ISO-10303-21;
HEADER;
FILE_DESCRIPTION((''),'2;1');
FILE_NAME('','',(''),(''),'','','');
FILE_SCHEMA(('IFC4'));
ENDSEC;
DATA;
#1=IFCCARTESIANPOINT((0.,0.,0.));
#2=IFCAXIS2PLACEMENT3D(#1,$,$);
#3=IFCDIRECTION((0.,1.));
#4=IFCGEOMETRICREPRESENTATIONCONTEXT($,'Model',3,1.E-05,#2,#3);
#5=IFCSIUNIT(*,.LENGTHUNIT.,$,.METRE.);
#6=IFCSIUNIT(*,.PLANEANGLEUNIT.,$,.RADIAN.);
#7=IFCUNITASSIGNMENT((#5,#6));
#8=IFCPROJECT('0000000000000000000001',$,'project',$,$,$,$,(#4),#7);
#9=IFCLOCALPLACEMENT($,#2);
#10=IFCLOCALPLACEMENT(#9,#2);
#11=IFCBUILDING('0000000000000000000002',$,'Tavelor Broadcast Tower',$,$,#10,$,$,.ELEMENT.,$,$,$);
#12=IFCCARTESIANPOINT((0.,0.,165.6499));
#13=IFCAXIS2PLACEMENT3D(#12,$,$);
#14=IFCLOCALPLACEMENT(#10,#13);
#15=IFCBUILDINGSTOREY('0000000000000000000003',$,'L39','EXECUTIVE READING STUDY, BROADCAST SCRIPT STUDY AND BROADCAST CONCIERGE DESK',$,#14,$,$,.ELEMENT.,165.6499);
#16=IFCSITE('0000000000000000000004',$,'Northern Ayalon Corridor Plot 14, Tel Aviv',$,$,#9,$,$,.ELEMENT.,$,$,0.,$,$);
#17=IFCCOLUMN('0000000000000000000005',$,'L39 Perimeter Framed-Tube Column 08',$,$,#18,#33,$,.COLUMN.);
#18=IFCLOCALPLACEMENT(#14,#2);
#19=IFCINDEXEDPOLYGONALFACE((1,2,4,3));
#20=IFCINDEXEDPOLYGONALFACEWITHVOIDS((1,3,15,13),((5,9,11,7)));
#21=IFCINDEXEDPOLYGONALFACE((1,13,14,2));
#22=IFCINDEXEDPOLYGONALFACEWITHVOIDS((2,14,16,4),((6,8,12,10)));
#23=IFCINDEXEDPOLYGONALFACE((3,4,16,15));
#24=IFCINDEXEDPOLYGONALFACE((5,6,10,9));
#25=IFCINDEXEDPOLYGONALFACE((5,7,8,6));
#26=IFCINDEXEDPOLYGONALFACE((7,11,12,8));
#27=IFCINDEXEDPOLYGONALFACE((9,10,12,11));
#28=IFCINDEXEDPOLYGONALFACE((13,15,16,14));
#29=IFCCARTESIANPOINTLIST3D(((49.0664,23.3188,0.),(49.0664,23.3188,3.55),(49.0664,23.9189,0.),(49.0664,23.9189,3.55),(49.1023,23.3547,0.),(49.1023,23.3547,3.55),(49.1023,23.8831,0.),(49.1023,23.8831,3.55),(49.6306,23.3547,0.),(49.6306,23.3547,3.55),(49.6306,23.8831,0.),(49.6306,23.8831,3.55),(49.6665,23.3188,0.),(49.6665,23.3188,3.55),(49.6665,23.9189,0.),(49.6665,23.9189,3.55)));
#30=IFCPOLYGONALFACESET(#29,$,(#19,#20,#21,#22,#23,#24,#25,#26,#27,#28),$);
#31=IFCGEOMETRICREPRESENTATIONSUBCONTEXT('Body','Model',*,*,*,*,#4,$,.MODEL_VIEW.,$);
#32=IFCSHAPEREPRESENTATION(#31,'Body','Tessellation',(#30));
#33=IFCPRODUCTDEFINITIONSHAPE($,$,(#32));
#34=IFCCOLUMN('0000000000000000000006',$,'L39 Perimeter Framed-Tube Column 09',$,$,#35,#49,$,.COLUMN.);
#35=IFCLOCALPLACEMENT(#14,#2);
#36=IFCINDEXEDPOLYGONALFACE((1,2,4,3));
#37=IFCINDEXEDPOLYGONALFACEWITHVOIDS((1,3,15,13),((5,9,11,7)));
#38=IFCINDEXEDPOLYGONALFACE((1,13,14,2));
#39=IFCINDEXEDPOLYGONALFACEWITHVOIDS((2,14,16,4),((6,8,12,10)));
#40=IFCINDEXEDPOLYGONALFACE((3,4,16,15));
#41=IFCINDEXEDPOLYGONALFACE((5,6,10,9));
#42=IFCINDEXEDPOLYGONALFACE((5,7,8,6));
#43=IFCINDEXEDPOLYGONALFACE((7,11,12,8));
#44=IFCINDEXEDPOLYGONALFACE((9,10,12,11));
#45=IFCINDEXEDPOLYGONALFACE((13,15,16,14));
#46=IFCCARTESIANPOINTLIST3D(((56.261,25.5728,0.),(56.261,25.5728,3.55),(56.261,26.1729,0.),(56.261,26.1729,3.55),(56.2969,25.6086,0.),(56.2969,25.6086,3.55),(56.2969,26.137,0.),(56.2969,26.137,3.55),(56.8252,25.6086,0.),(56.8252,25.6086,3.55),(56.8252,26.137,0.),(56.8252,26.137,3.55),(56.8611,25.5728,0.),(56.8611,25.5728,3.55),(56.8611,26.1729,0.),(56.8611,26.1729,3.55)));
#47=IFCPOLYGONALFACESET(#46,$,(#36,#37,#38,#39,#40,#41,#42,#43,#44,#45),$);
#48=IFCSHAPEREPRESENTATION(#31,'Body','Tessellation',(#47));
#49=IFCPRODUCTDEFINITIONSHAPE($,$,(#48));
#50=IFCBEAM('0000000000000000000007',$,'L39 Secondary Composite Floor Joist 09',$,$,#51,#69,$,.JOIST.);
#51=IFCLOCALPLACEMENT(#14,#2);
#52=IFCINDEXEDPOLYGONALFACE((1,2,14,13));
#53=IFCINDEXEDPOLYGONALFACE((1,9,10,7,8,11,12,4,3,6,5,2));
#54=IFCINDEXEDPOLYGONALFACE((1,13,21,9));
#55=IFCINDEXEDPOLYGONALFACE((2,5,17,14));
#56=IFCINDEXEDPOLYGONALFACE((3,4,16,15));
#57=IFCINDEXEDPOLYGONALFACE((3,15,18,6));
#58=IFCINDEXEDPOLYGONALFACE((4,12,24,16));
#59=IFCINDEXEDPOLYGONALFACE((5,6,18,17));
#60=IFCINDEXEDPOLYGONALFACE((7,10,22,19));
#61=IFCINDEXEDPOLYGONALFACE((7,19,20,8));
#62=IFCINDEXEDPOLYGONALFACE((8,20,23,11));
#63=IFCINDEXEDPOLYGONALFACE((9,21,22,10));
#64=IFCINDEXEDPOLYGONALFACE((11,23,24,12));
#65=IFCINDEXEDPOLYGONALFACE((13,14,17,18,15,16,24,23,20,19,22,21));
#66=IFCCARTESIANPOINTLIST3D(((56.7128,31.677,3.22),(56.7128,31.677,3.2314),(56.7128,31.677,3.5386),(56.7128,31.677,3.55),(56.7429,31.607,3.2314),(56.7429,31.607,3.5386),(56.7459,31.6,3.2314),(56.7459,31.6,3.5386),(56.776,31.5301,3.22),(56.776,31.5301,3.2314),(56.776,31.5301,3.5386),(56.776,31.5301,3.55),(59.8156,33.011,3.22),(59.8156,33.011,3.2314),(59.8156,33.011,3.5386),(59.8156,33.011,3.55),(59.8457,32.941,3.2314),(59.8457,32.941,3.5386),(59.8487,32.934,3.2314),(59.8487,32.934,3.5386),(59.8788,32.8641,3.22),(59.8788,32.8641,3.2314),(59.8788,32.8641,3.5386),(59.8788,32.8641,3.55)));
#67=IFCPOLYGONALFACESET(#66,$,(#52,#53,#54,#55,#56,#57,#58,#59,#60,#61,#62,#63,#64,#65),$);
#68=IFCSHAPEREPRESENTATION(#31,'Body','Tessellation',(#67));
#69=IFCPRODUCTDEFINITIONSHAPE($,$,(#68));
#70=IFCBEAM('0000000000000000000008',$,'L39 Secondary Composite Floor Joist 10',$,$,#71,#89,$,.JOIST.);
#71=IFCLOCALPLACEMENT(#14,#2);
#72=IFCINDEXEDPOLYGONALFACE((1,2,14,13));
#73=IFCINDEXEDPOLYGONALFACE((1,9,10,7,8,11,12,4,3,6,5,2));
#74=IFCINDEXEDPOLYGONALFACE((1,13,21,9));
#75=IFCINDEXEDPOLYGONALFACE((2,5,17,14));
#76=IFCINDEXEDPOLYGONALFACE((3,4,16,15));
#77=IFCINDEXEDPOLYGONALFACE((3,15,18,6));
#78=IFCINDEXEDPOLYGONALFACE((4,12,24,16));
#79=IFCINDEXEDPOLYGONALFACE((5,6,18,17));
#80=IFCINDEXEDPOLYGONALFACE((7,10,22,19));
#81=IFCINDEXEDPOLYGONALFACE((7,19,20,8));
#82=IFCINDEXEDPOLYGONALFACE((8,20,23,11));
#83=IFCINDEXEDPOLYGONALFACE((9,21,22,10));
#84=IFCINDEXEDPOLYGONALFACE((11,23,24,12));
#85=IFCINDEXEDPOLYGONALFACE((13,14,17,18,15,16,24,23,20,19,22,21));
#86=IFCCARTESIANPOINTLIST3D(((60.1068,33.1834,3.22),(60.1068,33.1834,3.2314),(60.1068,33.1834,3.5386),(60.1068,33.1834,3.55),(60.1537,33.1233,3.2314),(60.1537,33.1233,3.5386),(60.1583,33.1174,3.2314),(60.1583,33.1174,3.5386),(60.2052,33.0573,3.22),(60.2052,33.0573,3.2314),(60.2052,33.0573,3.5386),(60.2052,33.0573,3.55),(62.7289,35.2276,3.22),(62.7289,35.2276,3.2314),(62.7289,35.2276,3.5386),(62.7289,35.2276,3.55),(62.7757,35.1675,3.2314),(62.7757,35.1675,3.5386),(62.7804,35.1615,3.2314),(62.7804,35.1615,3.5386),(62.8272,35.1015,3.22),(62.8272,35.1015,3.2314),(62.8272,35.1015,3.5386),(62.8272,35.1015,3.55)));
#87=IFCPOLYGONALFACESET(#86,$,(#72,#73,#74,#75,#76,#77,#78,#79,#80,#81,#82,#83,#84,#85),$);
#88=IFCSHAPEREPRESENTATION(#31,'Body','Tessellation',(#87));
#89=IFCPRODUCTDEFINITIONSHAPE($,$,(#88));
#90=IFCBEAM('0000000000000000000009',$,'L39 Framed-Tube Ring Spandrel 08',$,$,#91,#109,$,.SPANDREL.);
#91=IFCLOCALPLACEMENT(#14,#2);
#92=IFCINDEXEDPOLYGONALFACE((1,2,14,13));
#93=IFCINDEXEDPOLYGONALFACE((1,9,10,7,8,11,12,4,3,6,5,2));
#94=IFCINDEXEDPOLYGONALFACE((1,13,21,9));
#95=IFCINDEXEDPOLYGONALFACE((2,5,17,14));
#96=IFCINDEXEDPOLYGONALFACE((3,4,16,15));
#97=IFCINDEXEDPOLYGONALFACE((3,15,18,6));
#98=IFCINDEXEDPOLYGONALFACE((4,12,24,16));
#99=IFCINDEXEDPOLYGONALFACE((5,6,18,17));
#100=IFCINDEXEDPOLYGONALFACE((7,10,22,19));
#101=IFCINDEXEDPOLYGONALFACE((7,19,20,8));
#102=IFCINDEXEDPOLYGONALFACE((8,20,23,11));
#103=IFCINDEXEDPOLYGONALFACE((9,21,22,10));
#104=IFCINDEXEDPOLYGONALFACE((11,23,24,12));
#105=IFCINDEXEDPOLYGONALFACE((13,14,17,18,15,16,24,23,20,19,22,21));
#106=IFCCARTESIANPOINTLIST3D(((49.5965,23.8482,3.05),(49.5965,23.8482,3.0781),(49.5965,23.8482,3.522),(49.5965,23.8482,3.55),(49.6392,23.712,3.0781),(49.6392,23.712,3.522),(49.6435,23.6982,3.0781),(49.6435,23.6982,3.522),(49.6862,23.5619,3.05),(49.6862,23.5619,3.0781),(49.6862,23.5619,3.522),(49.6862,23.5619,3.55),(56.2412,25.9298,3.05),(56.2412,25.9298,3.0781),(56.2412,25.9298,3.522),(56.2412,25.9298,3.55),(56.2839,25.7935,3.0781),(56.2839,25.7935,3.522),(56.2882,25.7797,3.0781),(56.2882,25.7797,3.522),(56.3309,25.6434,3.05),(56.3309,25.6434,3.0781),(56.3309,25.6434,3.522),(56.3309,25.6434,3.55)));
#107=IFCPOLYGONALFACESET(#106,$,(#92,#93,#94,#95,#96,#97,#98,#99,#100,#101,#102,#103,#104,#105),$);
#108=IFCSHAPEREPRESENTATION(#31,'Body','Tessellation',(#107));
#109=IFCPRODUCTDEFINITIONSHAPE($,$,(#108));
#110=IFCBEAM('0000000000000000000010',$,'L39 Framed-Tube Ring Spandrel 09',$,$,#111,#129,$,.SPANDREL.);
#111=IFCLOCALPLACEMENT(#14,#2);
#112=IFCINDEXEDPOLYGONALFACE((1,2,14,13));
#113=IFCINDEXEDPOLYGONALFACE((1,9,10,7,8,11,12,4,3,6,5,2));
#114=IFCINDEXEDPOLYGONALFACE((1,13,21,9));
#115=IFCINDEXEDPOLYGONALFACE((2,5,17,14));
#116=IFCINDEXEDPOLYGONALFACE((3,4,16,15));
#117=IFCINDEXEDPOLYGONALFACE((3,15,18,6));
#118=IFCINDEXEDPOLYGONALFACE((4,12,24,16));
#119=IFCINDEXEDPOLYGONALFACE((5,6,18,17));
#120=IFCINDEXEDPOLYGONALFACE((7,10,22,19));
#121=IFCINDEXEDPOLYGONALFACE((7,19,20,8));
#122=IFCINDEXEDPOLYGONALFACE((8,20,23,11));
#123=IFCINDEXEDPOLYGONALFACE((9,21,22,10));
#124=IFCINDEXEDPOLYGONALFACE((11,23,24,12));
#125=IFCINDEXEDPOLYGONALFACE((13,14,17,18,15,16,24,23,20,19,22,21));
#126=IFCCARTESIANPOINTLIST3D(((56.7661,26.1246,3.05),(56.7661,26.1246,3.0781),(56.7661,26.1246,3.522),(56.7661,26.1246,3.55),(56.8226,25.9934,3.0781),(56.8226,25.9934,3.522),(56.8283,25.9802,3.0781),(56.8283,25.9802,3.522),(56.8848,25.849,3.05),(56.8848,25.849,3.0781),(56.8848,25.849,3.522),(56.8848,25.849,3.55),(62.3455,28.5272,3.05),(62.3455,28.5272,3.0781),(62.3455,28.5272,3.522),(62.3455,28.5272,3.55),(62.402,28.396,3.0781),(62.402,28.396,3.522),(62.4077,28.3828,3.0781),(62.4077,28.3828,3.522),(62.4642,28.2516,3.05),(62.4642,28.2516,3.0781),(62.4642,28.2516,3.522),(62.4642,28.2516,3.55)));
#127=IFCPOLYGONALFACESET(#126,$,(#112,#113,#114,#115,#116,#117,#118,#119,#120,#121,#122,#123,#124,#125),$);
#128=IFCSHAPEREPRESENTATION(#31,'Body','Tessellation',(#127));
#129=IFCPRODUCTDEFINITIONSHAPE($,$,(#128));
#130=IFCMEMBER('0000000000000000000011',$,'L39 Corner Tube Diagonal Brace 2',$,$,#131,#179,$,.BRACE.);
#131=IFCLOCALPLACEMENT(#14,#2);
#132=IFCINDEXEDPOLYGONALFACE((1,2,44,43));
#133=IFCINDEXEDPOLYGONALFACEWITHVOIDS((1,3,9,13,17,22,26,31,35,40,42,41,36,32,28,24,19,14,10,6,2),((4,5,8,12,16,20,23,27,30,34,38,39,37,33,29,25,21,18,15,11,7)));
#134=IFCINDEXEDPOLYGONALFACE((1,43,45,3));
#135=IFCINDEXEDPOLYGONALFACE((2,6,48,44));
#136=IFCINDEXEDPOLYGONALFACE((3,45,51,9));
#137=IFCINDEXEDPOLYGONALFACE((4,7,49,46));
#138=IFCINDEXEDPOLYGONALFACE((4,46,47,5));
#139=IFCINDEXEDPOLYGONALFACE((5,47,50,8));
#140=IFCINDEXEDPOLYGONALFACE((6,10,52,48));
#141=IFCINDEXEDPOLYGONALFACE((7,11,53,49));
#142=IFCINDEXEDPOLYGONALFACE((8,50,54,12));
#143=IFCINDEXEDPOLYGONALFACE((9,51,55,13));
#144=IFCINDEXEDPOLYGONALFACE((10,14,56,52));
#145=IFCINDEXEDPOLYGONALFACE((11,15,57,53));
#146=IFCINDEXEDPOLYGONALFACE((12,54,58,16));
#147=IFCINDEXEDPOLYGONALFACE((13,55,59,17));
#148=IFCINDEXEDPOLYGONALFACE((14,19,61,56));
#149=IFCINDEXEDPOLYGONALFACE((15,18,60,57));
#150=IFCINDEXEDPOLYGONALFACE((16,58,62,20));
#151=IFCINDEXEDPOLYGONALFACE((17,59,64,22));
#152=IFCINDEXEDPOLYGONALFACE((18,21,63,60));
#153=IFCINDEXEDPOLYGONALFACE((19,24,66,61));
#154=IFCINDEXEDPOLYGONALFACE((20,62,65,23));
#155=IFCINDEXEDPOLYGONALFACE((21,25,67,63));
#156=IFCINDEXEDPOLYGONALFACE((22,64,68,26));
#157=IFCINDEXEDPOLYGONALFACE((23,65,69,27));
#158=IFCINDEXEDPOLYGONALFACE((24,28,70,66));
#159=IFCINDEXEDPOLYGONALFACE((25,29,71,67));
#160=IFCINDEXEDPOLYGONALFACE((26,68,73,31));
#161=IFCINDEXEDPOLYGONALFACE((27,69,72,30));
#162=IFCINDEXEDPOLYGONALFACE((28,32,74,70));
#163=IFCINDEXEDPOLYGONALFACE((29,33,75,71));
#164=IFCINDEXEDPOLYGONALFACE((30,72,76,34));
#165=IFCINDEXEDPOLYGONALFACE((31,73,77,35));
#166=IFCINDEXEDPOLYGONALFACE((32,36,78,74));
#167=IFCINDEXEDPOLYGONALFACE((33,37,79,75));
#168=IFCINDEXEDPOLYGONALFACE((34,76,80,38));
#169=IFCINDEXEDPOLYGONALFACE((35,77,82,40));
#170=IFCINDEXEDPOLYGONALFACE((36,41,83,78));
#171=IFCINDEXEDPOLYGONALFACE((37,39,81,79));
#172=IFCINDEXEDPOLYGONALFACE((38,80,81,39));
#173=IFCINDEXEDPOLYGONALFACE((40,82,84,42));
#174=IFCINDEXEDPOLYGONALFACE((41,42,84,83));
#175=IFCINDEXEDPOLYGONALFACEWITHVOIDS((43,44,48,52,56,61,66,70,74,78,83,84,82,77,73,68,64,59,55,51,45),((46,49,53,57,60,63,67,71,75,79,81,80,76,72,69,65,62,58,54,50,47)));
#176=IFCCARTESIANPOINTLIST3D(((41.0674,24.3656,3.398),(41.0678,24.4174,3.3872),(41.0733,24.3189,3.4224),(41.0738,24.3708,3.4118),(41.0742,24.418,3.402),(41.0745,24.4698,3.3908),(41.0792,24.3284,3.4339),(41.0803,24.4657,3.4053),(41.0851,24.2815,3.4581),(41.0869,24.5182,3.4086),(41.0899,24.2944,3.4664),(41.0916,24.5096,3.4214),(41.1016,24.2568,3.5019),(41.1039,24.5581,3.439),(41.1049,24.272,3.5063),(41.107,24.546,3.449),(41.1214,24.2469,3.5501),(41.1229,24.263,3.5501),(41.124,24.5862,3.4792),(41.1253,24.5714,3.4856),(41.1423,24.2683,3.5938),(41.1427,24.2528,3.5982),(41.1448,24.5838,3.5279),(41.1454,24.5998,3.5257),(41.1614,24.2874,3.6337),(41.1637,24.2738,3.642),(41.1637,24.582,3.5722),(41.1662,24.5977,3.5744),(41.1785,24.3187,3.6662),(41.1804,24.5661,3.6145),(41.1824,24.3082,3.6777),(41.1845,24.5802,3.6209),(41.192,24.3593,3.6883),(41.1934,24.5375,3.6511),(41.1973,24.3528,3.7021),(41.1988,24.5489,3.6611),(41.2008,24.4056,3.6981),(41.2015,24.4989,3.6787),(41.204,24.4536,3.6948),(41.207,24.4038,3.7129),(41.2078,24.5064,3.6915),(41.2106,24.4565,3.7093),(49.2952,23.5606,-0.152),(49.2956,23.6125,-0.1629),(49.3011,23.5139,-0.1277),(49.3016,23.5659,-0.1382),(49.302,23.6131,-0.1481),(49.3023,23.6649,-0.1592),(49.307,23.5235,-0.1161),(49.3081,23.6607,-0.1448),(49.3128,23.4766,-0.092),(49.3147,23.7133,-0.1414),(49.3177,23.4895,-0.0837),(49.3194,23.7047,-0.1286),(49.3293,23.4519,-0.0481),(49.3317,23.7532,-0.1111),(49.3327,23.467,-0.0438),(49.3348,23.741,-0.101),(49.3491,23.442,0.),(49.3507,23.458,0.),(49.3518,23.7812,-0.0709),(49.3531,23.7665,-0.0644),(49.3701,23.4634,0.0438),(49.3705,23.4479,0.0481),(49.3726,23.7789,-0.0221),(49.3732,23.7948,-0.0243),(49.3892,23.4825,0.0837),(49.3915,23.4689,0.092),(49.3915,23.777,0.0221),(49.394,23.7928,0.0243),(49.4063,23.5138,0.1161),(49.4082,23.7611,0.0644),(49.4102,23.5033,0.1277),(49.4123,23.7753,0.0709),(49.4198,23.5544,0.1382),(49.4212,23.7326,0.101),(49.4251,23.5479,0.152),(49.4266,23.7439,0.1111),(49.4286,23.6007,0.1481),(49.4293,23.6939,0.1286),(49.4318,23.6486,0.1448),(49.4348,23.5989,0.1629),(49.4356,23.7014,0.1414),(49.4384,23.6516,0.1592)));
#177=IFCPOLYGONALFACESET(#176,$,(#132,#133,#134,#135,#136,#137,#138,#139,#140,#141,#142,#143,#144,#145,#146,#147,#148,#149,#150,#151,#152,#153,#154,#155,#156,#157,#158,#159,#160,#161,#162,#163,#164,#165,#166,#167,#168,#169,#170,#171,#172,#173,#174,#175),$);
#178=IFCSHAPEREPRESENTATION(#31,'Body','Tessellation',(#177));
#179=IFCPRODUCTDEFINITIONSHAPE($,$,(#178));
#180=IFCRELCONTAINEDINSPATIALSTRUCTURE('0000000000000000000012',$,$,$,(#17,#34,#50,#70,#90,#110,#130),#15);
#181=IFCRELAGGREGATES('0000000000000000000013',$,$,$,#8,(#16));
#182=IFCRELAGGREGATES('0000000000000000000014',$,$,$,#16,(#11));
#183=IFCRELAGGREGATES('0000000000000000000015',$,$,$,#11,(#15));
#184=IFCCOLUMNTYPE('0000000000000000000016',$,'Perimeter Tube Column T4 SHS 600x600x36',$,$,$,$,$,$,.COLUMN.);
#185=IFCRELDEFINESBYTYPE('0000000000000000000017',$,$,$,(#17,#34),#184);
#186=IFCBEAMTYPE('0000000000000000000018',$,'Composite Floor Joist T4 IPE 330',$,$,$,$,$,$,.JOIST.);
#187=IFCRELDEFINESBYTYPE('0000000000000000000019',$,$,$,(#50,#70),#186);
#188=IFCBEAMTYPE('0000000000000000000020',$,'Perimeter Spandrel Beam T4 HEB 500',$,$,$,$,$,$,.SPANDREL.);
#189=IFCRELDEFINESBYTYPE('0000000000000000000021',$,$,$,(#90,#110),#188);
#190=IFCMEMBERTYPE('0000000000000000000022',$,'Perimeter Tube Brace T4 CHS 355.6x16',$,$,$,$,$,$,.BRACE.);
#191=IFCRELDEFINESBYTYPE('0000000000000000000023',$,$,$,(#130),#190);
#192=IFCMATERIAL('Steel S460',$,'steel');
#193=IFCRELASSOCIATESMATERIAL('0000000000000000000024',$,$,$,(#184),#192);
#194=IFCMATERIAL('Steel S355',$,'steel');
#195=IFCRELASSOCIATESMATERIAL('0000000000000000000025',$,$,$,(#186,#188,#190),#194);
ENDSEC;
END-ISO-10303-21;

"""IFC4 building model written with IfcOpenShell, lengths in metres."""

from ifc_helpers import new_model, si_unit, direction, frame, origin, origin_2d, place, context, subcontext, project, spatial, hollow_rectangle, hollow_circle, i_section, extrude, material, material_profile, profile_set, type_object, element, save


model = new_model("IFC4")

# Units and contexts
model_context = context("Model", 3, precision=1e-05, world=origin(), true_north=direction((0.0, 1.0)))
body_context = subcontext(model_context, "Body", "Model", "MODEL_VIEW")
ifc_project = project(units=[si_unit("LENGTHUNIT", "METRE"), si_unit("PLANEANGLEUNIT", "RADIAN")], contexts=[model_context])

# Site, building, storey
site_placement = place(None, origin())
site = spatial("IfcSite", under=ifc_project, at=site_placement, Name="Northern Ayalon Corridor Plot 14, Tel Aviv", CompositionType="ELEMENT", RefElevation=0.0)
building_placement = place(site_placement, origin())
building = spatial("IfcBuilding", under=site, at=building_placement, Name="Tavelor Broadcast Tower", CompositionType="ELEMENT")
storey_placement = place(building_placement, frame((0.0, 0.0, 165.6499)))
storey = spatial("IfcBuildingStorey", under=building, at=storey_placement, Name="L39", Description="EXECUTIVE READING STUDY, BROADCAST SCRIPT STUDY AND BROADCAST CONCIERGE DESK", CompositionType="ELEMENT", Elevation=165.6499)

# Columns
ifc_material_1 = material(Name="Steel S460", Category="steel")
ifc_material_profile_1 = material_profile(ifc_material_1, hollow_rectangle(XDim=0.6001, YDim=0.6001, WallThickness=0.0359, at=origin_2d()), Name="SHS 600x600x36")
ifc_profile_set_1 = profile_set([ifc_material_profile_1], Name="Steel S460")
column_type = type_object("IfcColumnType", Name="Perimeter Tube Column T4 SHS 600x600x36", PredefinedType="COLUMN", material=ifc_profile_set_1)
for number, where, z_axis, x_axis, name in (
    (1, (49.3665, 23.6189, 0.0), (0.0, 0.0, 1.0), (1.0, 0.0, 0.0), "L39 Perimeter Framed-Tube Column 08"),
    (2, (56.561, 25.8728, 0.0), (0.0, 0.0, 1.0), (1.0, 0.0, 0.0), "L39 Perimeter Framed-Tube Column 09"),
):
    element("IfcColumn", number, at=place(storey_placement, frame(where, z_axis=z_axis, x_axis=x_axis)), inside=storey, type_object=column_type, Name=name, PredefinedType="COLUMN", context=body_context, shape_type="SweptSolid", body=[
        extrude(hollow_rectangle(XDim=0.6001, YDim=0.6001, WallThickness=0.0359, at=origin_2d()), origin(), (0.0, 0.0, 1.0), 3.55),
    ])

# Beams
ifc_material_2 = material(Name="Steel S355", Category="steel")
ifc_material_profile_2 = material_profile(ifc_material_2, i_section(OverallWidth=0.1599, OverallDepth=0.3301, WebThickness=0.0076, FlangeThickness=0.0115, at=origin_2d()), Name="IPE 330")
ifc_profile_set_2 = profile_set([ifc_material_profile_2], Name="Steel S355")
beam_type_1 = type_object("IfcBeamType", Name="Composite Floor Joist T4 IPE 330", PredefinedType="JOIST", material=ifc_profile_set_2)
beam_1_placement = place(storey_placement, frame((56.7444, 31.6035, 3.385), z_axis=(0.918692, 0.394975, 0.0), x_axis=(-0.394975, 0.918692, 0.0)))
element("IfcBeam", 3, at=beam_1_placement, inside=storey, type_object=beam_type_1, Name="L39 Secondary Composite Floor Joist 09", PredefinedType="JOIST", context=body_context, shape_type="SweptSolid", body=[
    extrude(i_section(OverallWidth=0.1599, OverallDepth=0.3301, WebThickness=0.0076, FlangeThickness=0.0115, at=origin_2d()), origin(), (0.0, 0.0, 1.0), 3.3774),
])
beam_2_placement = place(storey_placement, frame((60.156, 33.1204, 3.385), z_axis=(0.788652, 0.61484, 0.0), x_axis=(-0.61484, 0.788652, 0.0)))
element("IfcBeam", 4, at=beam_2_placement, inside=storey, type_object=beam_type_1, Name="L39 Secondary Composite Floor Joist 10", PredefinedType="JOIST", context=body_context, shape_type="SweptSolid", body=[
    extrude(i_section(OverallWidth=0.1599, OverallDepth=0.3301, WebThickness=0.0076, FlangeThickness=0.0115, at=origin_2d()), origin(), (0.0, 0.0, 1.0), 3.3247),
])
ifc_material_profile_3 = material_profile(ifc_material_2, i_section(OverallWidth=0.3, OverallDepth=0.5, WebThickness=0.0144, FlangeThickness=0.0281, at=origin_2d()), Name="HEB 500")
ifc_profile_set_3 = profile_set([ifc_material_profile_3], Name="Steel S355")
beam_type_2 = type_object("IfcBeamType", Name="Perimeter Spandrel Beam T4 HEB 500", PredefinedType="SPANDREL", material=ifc_profile_set_3)
beam_3_placement = place(storey_placement, frame((49.6414, 23.7051, 3.3), z_axis=(0.954273, 0.298936, 0.0), x_axis=(-0.298936, 0.954273, 0.0)))
element("IfcBeam", 5, at=beam_3_placement, inside=storey, type_object=beam_type_2, Name="L39 Framed-Tube Ring Spandrel 08", PredefinedType="SPANDREL", context=body_context, shape_type="SweptSolid", body=[
    extrude(i_section(OverallWidth=0.3, OverallDepth=0.5, WebThickness=0.0144, FlangeThickness=0.0281, at=origin_2d()), origin(), (0.0, 0.0, 1.0), 6.9631),
])
beam_4_placement = place(storey_placement, frame((56.8254, 25.9868, 3.3), z_axis=(0.918462, 0.39551, 0.0), x_axis=(-0.39551, 0.918462, 0.0)))
element("IfcBeam", 6, at=beam_4_placement, inside=storey, type_object=beam_type_2, Name="L39 Framed-Tube Ring Spandrel 09", PredefinedType="SPANDREL", context=body_context, shape_type="SweptSolid", body=[
    extrude(i_section(OverallWidth=0.3, OverallDepth=0.5, WebThickness=0.0144, FlangeThickness=0.0281, at=origin_2d()), origin(), (0.0, 0.0, 1.0), 6.0747),
])

# Member
ifc_material_profile_4 = material_profile(ifc_material_2, hollow_circle(Radius=0.1777, WallThickness=0.0161, at=origin_2d()), Name="CHS 355.6x16")
ifc_profile_set_4 = profile_set([ifc_material_profile_4], Name="Steel S355")
member_type_1 = type_object("IfcMemberType", Name="Perimeter Tube Brace T4 CHS 355.6x16", PredefinedType="BRACE", material=ifc_profile_set_4)
member_1_placement = place(storey_placement, frame((49.3665, 23.6189, 0.0), z_axis=(-0.914496, 0.089466, 0.394579), x_axis=(-0.097366, -0.995249, 0.0)))
element("IfcMember", 7, at=member_1_placement, inside=storey, type_object=member_type_1, Name="L39 Corner Tube Diagonal Brace 2", PredefinedType="BRACE", context=body_context, shape_type="SweptSolid", body=[
    extrude(hollow_circle(Radius=0.1777, WallThickness=0.0161, at=origin_2d()), origin(), (0.0, 0.0, 1.0), 8.9971),
])

save(model, "model.ifc")
